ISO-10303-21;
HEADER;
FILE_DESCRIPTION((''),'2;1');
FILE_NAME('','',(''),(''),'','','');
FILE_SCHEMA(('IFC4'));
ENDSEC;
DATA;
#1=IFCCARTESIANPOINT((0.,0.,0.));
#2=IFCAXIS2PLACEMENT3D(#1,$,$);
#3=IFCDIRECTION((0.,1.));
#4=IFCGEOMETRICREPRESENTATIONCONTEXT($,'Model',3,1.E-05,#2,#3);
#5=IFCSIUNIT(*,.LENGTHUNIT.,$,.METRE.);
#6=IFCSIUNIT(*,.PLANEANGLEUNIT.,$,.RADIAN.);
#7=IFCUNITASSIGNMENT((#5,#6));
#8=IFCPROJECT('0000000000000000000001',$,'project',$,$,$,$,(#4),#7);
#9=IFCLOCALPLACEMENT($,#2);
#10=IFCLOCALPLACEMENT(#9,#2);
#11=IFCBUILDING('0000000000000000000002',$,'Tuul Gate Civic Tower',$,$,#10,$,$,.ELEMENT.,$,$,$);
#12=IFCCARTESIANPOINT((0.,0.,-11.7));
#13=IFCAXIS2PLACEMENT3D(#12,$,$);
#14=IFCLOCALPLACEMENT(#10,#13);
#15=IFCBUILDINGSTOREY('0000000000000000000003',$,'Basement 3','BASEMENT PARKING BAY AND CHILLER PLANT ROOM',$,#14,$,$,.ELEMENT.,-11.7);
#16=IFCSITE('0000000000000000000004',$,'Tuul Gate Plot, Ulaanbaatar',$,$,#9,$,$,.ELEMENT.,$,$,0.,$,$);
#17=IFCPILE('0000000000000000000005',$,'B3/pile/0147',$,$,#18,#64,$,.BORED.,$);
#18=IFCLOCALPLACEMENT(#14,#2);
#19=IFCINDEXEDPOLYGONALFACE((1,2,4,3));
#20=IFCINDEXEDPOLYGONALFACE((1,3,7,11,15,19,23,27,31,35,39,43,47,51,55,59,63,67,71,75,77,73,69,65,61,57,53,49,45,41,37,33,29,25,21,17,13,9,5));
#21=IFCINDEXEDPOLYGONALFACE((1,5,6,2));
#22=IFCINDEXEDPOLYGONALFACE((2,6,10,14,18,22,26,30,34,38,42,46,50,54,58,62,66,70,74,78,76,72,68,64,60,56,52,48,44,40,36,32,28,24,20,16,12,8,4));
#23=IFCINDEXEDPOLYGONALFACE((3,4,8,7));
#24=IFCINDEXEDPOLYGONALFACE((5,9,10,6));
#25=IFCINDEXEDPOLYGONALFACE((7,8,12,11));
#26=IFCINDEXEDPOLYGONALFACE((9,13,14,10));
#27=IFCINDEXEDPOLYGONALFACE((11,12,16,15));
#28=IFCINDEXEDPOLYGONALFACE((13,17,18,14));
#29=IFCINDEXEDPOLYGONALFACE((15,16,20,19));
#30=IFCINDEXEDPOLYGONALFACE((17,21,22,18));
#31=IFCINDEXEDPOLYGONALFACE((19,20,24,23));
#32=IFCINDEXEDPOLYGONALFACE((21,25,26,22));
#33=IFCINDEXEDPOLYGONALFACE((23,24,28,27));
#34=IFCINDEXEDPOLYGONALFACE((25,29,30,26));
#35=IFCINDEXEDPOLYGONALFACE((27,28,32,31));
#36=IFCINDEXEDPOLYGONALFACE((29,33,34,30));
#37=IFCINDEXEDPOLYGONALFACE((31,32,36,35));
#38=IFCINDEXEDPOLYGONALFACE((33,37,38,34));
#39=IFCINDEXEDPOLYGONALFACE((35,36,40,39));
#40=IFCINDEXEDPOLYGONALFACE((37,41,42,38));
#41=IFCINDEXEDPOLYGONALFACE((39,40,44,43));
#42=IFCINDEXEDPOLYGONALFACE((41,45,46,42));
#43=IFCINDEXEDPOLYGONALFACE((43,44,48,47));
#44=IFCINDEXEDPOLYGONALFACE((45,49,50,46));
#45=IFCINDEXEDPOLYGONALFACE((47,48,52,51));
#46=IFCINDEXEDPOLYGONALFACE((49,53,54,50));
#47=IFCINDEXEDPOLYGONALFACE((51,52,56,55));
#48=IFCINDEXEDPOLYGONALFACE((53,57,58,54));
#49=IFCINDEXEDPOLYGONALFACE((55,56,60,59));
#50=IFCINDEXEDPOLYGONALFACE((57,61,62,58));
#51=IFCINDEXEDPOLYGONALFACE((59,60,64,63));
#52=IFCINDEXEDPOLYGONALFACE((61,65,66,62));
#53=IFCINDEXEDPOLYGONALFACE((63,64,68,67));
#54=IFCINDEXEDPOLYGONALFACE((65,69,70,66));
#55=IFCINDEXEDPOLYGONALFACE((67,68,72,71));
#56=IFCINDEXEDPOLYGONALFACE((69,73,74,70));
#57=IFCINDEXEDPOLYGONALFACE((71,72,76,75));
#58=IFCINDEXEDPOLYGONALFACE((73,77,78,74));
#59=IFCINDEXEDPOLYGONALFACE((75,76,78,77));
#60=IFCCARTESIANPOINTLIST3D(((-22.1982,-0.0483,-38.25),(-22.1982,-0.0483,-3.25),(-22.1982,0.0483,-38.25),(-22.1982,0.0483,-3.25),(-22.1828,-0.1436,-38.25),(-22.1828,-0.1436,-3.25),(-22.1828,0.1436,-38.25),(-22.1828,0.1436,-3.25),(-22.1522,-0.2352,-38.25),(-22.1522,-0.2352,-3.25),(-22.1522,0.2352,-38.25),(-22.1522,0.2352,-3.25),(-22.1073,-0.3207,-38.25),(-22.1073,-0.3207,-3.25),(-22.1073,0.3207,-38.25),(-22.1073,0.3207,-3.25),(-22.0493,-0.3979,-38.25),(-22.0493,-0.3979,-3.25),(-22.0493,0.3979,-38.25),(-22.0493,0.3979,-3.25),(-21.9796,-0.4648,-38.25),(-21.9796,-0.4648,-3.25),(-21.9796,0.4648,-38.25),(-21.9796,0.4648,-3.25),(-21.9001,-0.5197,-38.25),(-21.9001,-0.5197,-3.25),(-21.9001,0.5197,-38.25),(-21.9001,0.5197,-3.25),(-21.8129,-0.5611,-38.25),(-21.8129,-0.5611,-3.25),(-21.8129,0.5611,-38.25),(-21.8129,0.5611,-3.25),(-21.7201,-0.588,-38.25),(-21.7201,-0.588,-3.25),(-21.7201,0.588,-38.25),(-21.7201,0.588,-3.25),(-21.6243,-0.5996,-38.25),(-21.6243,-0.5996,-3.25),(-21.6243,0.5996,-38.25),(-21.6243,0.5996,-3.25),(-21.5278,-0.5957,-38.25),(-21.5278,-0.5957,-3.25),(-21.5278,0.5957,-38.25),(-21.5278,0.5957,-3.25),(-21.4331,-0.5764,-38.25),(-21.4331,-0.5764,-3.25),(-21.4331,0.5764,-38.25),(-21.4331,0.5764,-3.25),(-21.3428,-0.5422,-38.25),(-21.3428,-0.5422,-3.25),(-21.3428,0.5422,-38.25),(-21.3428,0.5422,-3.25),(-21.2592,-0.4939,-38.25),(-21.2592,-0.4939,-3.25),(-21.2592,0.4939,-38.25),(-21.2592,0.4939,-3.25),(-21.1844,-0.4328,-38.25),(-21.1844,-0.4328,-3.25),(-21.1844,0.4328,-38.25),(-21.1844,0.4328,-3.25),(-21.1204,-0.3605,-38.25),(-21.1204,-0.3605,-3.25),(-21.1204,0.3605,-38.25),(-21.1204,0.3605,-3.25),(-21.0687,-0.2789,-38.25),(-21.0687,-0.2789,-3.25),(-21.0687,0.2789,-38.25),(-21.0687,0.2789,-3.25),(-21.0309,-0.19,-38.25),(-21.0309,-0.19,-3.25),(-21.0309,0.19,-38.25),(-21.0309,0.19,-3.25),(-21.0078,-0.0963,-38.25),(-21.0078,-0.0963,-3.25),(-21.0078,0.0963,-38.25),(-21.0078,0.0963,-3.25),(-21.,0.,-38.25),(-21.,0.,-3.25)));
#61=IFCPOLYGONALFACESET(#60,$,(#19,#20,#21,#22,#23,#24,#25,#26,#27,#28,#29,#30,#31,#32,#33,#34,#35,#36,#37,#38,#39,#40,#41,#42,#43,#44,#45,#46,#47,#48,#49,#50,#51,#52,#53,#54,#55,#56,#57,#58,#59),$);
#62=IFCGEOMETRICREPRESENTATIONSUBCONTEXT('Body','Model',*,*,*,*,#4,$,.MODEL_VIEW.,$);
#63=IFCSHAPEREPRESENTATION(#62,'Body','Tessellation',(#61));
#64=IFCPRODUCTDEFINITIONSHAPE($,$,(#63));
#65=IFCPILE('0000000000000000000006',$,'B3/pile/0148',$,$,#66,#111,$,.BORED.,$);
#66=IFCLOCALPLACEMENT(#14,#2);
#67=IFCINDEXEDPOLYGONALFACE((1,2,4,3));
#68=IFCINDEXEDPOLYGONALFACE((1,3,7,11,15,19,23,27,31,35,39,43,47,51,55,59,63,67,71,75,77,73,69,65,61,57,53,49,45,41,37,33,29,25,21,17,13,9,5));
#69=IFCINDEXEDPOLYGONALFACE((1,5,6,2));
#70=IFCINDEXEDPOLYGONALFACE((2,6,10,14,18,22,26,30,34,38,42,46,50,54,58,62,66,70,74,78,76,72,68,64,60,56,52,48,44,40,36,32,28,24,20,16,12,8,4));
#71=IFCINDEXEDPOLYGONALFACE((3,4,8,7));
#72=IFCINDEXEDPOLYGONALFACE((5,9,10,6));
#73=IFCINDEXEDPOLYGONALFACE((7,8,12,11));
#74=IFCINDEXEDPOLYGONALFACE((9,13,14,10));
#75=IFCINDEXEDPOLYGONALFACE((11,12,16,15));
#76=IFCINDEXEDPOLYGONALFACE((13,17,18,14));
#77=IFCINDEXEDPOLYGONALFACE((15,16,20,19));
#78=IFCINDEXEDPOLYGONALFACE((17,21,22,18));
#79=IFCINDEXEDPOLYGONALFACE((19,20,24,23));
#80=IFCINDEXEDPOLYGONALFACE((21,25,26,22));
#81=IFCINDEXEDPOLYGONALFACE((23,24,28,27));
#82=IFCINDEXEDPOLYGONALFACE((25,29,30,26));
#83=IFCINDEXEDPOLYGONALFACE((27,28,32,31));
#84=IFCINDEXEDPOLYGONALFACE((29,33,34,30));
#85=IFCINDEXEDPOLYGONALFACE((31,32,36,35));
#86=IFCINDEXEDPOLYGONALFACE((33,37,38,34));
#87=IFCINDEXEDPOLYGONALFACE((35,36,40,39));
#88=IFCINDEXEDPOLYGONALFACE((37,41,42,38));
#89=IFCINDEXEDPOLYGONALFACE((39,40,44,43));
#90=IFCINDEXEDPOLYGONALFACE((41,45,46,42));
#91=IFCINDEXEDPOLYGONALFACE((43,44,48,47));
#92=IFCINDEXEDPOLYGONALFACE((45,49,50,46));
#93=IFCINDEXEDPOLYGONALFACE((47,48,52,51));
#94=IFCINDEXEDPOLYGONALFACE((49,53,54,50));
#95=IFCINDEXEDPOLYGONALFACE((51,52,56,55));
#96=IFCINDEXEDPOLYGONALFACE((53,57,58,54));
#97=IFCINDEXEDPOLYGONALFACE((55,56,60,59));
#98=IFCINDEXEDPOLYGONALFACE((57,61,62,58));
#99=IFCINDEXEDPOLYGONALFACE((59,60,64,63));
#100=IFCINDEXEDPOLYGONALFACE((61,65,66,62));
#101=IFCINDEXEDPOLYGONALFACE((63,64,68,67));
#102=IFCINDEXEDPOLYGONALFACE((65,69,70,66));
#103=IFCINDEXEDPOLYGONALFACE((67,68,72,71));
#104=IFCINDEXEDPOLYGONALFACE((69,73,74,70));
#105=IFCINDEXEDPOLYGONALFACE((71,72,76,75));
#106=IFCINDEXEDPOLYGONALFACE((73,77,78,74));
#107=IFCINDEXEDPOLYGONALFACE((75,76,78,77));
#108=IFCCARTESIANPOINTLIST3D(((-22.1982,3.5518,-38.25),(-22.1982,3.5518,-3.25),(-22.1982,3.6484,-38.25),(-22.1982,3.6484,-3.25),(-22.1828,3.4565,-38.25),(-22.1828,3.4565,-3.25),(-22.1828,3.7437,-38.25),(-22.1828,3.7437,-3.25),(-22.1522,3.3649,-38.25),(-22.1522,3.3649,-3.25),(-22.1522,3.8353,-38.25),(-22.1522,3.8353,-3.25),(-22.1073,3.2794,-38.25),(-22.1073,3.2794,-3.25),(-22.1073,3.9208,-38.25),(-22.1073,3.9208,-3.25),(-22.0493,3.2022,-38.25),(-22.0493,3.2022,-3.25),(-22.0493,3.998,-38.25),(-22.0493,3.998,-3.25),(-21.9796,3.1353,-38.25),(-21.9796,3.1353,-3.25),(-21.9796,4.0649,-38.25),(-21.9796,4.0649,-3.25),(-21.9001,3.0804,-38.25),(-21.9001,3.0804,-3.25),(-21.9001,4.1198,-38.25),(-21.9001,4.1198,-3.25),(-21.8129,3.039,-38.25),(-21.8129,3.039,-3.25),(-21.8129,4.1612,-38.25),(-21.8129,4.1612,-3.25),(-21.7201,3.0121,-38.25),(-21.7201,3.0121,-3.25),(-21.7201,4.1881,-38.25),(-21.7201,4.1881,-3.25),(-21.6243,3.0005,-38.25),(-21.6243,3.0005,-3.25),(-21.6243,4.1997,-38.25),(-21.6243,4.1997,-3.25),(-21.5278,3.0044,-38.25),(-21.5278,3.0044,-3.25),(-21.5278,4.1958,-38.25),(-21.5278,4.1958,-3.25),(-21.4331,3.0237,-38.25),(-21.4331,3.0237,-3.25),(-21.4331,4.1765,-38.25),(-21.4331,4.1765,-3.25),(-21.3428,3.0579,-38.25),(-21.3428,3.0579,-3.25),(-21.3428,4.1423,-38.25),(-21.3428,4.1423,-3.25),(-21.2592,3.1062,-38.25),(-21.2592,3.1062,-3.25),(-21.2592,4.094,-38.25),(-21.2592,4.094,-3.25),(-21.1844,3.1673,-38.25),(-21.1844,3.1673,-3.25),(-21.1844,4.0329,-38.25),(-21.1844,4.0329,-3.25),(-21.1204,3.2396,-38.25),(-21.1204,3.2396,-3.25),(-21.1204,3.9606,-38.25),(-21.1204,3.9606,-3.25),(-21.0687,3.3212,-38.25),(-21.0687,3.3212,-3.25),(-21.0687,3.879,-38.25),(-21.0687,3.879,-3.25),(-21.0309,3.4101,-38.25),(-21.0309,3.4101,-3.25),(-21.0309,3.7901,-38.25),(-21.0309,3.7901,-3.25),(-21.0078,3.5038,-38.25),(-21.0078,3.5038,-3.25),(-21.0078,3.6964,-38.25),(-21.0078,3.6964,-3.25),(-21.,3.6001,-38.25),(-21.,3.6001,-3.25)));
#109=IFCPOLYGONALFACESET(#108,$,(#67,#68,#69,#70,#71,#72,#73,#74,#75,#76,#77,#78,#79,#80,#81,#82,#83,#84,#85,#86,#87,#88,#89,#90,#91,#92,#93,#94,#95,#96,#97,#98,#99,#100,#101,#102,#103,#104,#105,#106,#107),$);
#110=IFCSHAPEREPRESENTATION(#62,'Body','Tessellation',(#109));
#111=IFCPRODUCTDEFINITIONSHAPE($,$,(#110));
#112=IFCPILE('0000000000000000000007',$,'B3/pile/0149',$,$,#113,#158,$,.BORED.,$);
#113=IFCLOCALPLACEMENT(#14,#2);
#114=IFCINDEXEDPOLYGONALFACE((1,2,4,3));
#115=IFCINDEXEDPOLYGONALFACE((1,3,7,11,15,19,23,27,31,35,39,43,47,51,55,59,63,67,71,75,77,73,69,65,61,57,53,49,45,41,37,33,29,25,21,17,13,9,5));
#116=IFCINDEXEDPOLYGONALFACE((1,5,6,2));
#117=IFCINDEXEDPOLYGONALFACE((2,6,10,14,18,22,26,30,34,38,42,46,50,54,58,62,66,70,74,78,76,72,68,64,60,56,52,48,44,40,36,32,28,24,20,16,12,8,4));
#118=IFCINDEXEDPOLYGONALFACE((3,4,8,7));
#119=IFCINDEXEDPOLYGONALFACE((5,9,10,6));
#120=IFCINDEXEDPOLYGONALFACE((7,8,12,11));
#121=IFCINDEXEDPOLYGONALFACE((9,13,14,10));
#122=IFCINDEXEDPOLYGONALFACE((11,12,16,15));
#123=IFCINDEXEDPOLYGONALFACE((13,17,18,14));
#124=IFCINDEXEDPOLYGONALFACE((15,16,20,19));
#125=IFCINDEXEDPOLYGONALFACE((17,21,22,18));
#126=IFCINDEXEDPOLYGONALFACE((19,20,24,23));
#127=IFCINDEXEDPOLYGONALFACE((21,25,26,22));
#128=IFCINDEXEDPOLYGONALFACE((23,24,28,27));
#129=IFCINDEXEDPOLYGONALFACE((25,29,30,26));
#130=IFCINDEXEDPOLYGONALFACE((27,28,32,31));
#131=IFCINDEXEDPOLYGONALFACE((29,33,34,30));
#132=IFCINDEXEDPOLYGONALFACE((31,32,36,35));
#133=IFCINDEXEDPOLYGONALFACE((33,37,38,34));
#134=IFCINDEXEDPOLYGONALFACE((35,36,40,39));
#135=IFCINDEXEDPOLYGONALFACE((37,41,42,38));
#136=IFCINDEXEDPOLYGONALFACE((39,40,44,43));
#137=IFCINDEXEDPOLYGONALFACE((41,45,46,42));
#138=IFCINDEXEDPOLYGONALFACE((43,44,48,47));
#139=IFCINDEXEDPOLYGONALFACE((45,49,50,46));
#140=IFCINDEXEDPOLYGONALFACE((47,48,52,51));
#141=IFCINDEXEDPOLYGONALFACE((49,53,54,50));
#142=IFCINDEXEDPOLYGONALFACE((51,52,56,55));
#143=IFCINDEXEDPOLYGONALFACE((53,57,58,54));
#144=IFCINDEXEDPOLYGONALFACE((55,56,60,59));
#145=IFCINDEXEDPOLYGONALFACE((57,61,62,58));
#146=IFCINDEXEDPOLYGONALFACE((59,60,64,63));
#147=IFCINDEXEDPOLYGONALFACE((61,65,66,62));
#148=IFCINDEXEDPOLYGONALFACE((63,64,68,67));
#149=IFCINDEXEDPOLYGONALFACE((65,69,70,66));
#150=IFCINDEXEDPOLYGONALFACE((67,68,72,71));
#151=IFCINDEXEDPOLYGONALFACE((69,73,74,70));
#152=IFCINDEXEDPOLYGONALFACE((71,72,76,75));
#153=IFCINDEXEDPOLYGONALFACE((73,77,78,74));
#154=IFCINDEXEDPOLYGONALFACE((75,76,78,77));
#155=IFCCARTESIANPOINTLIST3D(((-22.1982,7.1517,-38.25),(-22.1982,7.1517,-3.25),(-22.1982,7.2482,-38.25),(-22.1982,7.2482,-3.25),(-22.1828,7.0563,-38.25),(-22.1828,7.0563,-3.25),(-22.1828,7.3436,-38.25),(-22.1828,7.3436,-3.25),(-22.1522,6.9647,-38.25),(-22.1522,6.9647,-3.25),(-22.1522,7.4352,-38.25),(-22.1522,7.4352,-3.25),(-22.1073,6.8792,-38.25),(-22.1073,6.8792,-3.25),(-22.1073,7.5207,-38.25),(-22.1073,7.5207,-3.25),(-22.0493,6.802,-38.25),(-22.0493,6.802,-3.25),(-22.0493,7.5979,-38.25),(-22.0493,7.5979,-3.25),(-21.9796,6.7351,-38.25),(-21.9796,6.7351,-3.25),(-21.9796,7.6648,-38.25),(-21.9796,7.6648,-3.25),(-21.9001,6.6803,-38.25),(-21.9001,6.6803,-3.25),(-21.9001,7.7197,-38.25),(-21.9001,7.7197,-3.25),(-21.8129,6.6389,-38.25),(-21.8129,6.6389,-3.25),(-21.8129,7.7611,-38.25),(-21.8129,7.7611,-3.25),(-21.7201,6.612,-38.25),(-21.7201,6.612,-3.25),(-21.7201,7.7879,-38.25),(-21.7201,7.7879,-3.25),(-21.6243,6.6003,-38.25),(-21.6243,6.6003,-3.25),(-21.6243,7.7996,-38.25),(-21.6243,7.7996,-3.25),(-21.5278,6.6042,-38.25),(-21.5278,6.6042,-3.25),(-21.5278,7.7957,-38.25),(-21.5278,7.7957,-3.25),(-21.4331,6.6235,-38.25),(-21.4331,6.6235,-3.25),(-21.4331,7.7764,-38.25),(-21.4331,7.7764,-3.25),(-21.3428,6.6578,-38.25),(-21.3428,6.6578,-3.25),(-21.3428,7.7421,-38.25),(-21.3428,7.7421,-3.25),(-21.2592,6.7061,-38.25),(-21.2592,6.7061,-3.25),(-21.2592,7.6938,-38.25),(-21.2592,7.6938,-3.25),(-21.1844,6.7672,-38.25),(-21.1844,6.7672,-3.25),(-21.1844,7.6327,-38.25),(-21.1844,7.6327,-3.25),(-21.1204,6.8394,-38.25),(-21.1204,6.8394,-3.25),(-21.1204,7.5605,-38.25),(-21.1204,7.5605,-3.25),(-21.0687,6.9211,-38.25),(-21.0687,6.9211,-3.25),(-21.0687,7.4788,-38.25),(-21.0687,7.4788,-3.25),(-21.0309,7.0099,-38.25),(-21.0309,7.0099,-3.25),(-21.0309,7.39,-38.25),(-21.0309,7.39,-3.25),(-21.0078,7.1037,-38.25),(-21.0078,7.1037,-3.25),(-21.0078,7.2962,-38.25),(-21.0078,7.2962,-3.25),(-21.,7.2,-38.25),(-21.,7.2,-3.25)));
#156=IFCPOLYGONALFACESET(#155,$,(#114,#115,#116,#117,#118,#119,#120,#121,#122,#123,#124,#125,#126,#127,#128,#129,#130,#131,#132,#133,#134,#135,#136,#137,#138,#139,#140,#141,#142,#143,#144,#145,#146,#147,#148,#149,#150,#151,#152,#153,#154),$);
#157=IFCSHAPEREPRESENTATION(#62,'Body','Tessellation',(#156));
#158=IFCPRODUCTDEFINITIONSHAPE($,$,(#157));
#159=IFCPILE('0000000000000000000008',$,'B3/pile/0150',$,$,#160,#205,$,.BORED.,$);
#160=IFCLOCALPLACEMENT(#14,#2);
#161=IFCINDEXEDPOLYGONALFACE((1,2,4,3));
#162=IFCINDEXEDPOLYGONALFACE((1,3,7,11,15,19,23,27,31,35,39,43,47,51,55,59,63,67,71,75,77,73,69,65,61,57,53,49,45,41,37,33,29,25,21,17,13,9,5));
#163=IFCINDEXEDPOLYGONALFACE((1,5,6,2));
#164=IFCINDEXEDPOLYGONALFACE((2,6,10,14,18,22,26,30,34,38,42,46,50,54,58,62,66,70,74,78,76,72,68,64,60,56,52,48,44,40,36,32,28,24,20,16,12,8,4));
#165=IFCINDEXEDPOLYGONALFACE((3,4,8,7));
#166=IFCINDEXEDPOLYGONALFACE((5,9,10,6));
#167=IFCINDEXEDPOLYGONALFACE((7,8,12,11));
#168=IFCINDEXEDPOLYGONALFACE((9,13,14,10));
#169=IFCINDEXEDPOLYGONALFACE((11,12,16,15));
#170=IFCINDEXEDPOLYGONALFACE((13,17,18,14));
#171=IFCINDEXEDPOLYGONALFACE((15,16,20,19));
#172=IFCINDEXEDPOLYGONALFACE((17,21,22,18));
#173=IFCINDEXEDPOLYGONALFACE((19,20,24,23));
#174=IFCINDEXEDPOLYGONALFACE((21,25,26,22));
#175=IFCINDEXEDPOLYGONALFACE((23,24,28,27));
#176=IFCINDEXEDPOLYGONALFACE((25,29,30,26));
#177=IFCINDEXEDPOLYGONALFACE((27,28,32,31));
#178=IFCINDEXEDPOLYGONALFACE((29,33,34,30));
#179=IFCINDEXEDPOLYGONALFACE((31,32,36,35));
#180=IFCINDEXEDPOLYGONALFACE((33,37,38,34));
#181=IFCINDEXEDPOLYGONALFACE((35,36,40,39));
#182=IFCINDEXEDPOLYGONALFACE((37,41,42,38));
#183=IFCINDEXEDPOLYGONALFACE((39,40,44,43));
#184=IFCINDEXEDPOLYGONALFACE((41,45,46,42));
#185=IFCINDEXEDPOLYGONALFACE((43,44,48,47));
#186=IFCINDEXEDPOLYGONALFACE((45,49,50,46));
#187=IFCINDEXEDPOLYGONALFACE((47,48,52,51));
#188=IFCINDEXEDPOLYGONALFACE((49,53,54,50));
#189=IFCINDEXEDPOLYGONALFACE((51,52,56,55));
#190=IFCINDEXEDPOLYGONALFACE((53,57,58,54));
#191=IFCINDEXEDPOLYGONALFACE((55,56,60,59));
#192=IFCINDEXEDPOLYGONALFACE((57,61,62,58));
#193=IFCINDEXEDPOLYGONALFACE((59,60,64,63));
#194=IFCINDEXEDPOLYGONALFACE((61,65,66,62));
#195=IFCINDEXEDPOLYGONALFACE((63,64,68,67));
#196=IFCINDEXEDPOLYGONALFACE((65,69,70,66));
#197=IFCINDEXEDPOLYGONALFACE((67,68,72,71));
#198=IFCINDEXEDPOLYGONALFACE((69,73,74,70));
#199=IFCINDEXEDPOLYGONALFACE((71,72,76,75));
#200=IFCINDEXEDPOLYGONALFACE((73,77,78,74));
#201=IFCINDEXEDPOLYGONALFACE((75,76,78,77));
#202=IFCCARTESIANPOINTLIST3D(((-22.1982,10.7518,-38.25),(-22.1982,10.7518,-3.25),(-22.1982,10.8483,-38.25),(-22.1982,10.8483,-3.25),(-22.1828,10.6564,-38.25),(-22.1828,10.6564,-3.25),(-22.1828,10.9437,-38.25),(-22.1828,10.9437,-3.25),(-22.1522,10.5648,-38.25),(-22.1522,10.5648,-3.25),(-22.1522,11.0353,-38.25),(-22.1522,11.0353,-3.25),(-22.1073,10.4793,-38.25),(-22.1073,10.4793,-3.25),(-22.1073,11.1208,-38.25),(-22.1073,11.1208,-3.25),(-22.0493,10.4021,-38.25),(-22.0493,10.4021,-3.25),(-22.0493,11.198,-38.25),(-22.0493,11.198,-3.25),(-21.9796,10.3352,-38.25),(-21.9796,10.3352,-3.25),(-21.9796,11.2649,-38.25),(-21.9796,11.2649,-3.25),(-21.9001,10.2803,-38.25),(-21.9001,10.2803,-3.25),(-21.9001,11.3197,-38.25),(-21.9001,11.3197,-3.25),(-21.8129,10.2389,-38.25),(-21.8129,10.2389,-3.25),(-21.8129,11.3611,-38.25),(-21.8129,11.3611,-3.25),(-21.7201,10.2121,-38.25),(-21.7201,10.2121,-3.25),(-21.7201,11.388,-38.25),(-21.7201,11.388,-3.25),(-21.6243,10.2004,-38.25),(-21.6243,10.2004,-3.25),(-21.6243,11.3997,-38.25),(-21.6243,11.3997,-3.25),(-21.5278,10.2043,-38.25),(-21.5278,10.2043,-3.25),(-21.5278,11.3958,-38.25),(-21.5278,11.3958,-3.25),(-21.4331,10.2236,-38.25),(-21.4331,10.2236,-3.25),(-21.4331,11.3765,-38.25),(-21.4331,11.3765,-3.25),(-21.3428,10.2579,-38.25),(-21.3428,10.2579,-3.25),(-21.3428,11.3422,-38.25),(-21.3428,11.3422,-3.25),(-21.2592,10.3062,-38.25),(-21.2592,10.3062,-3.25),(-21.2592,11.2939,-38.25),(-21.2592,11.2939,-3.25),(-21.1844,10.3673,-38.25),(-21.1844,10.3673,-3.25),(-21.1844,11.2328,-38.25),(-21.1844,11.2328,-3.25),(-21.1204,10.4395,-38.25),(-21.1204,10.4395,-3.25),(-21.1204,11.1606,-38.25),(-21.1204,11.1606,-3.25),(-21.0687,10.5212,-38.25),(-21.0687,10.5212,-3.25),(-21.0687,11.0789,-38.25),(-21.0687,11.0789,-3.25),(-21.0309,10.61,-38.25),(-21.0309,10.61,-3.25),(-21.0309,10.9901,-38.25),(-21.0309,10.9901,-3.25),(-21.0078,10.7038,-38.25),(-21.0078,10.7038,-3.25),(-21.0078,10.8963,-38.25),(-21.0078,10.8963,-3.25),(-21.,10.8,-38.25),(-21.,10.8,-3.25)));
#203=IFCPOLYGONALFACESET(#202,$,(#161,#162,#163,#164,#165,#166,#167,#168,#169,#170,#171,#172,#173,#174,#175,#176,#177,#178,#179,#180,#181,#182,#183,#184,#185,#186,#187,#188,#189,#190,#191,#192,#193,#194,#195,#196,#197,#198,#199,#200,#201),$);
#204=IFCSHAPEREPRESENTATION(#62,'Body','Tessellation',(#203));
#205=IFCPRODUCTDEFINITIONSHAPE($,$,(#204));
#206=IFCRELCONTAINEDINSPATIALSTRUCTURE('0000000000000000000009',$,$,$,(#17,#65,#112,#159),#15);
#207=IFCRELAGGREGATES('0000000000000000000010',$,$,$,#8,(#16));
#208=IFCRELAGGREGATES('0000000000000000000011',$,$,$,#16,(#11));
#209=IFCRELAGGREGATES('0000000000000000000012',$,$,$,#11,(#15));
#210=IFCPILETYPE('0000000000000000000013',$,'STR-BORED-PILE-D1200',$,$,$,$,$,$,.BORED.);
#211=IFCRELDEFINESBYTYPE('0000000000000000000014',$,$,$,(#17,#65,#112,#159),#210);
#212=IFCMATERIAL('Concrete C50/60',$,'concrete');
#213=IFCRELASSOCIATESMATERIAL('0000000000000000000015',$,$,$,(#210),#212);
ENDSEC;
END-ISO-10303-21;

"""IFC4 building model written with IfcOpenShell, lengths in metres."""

from ifc_helpers import new_model, si_unit, direction, frame, origin, origin_2d, place, context, subcontext, project, spatial, circle, extrude, material, material_profile, profile_set, type_object, element, save


model = new_model("IFC4")

# Units and contexts
model_context = context("Model", 3, precision=1e-05, world=origin(), true_north=direction((0.0, 1.0)))
body_context = subcontext(model_context, "Body", "Model", "MODEL_VIEW")
ifc_project = project(units=[si_unit("LENGTHUNIT", "METRE"), si_unit("PLANEANGLEUNIT", "RADIAN")], contexts=[model_context])

# Site, building, storey
site_placement = place(None, origin())
site = spatial("IfcSite", under=ifc_project, at=site_placement, Name="Tuul Gate Plot, Ulaanbaatar", CompositionType="ELEMENT", RefElevation=0.0)
building_placement = place(site_placement, origin())
building = spatial("IfcBuilding", under=site, at=building_placement, Name="Tuul Gate Civic Tower", CompositionType="ELEMENT")
storey_placement = place(building_placement, frame((0.0, 0.0, -11.7)))
storey = spatial("IfcBuildingStorey", under=building, at=storey_placement, Name="Basement 3", Description="BASEMENT PARKING BAY AND CHILLER PLANT ROOM", CompositionType="ELEMENT", Elevation=-11.7)

# Piles
ifc_material_1 = material(Name="Concrete C50/60", Category="concrete")
ifc_material_profile_1 = material_profile(ifc_material_1, circle(Radius=0.6001, at=origin_2d()), Name="PILE1200")
ifc_profile_set_1 = profile_set([ifc_material_profile_1], Name="Concrete C50/60")
pile_type = type_object("IfcPileType", Name="STR-BORED-PILE-D1200", PredefinedType="BORED", material=ifc_profile_set_1)
for number, where, z_axis, x_axis, name in (
    (1, (-21.6001, 0.0, -3.25), (0.0, 0.0, -1.0), (1.0, 0.0, 0.0), "B3/pile/0147"),
    (2, (-21.6001, 3.6001, -3.25), (0.0, 0.0, -1.0), (1.0, 0.0, 0.0), "B3/pile/0148"),
    (3, (-21.6001, 7.2, -3.25), (0.0, 0.0, -1.0), (1.0, 0.0, 0.0), "B3/pile/0149"),
    (4, (-21.6001, 10.8, -3.25), (0.0, 0.0, -1.0), (1.0, 0.0, 0.0), "B3/pile/0150"),
):
    element("IfcPile", number, at=place(storey_placement, frame(where, z_axis=z_axis, x_axis=x_axis)), inside=storey, type_object=pile_type, Name=name, PredefinedType="BORED", context=body_context, shape_type="SweptSolid", body=[
        extrude(circle(Radius=0.6001, at=origin_2d()), origin(), (0.0, 0.0, 1.0), 35.0),
    ])

save(model, "model.ifc")
